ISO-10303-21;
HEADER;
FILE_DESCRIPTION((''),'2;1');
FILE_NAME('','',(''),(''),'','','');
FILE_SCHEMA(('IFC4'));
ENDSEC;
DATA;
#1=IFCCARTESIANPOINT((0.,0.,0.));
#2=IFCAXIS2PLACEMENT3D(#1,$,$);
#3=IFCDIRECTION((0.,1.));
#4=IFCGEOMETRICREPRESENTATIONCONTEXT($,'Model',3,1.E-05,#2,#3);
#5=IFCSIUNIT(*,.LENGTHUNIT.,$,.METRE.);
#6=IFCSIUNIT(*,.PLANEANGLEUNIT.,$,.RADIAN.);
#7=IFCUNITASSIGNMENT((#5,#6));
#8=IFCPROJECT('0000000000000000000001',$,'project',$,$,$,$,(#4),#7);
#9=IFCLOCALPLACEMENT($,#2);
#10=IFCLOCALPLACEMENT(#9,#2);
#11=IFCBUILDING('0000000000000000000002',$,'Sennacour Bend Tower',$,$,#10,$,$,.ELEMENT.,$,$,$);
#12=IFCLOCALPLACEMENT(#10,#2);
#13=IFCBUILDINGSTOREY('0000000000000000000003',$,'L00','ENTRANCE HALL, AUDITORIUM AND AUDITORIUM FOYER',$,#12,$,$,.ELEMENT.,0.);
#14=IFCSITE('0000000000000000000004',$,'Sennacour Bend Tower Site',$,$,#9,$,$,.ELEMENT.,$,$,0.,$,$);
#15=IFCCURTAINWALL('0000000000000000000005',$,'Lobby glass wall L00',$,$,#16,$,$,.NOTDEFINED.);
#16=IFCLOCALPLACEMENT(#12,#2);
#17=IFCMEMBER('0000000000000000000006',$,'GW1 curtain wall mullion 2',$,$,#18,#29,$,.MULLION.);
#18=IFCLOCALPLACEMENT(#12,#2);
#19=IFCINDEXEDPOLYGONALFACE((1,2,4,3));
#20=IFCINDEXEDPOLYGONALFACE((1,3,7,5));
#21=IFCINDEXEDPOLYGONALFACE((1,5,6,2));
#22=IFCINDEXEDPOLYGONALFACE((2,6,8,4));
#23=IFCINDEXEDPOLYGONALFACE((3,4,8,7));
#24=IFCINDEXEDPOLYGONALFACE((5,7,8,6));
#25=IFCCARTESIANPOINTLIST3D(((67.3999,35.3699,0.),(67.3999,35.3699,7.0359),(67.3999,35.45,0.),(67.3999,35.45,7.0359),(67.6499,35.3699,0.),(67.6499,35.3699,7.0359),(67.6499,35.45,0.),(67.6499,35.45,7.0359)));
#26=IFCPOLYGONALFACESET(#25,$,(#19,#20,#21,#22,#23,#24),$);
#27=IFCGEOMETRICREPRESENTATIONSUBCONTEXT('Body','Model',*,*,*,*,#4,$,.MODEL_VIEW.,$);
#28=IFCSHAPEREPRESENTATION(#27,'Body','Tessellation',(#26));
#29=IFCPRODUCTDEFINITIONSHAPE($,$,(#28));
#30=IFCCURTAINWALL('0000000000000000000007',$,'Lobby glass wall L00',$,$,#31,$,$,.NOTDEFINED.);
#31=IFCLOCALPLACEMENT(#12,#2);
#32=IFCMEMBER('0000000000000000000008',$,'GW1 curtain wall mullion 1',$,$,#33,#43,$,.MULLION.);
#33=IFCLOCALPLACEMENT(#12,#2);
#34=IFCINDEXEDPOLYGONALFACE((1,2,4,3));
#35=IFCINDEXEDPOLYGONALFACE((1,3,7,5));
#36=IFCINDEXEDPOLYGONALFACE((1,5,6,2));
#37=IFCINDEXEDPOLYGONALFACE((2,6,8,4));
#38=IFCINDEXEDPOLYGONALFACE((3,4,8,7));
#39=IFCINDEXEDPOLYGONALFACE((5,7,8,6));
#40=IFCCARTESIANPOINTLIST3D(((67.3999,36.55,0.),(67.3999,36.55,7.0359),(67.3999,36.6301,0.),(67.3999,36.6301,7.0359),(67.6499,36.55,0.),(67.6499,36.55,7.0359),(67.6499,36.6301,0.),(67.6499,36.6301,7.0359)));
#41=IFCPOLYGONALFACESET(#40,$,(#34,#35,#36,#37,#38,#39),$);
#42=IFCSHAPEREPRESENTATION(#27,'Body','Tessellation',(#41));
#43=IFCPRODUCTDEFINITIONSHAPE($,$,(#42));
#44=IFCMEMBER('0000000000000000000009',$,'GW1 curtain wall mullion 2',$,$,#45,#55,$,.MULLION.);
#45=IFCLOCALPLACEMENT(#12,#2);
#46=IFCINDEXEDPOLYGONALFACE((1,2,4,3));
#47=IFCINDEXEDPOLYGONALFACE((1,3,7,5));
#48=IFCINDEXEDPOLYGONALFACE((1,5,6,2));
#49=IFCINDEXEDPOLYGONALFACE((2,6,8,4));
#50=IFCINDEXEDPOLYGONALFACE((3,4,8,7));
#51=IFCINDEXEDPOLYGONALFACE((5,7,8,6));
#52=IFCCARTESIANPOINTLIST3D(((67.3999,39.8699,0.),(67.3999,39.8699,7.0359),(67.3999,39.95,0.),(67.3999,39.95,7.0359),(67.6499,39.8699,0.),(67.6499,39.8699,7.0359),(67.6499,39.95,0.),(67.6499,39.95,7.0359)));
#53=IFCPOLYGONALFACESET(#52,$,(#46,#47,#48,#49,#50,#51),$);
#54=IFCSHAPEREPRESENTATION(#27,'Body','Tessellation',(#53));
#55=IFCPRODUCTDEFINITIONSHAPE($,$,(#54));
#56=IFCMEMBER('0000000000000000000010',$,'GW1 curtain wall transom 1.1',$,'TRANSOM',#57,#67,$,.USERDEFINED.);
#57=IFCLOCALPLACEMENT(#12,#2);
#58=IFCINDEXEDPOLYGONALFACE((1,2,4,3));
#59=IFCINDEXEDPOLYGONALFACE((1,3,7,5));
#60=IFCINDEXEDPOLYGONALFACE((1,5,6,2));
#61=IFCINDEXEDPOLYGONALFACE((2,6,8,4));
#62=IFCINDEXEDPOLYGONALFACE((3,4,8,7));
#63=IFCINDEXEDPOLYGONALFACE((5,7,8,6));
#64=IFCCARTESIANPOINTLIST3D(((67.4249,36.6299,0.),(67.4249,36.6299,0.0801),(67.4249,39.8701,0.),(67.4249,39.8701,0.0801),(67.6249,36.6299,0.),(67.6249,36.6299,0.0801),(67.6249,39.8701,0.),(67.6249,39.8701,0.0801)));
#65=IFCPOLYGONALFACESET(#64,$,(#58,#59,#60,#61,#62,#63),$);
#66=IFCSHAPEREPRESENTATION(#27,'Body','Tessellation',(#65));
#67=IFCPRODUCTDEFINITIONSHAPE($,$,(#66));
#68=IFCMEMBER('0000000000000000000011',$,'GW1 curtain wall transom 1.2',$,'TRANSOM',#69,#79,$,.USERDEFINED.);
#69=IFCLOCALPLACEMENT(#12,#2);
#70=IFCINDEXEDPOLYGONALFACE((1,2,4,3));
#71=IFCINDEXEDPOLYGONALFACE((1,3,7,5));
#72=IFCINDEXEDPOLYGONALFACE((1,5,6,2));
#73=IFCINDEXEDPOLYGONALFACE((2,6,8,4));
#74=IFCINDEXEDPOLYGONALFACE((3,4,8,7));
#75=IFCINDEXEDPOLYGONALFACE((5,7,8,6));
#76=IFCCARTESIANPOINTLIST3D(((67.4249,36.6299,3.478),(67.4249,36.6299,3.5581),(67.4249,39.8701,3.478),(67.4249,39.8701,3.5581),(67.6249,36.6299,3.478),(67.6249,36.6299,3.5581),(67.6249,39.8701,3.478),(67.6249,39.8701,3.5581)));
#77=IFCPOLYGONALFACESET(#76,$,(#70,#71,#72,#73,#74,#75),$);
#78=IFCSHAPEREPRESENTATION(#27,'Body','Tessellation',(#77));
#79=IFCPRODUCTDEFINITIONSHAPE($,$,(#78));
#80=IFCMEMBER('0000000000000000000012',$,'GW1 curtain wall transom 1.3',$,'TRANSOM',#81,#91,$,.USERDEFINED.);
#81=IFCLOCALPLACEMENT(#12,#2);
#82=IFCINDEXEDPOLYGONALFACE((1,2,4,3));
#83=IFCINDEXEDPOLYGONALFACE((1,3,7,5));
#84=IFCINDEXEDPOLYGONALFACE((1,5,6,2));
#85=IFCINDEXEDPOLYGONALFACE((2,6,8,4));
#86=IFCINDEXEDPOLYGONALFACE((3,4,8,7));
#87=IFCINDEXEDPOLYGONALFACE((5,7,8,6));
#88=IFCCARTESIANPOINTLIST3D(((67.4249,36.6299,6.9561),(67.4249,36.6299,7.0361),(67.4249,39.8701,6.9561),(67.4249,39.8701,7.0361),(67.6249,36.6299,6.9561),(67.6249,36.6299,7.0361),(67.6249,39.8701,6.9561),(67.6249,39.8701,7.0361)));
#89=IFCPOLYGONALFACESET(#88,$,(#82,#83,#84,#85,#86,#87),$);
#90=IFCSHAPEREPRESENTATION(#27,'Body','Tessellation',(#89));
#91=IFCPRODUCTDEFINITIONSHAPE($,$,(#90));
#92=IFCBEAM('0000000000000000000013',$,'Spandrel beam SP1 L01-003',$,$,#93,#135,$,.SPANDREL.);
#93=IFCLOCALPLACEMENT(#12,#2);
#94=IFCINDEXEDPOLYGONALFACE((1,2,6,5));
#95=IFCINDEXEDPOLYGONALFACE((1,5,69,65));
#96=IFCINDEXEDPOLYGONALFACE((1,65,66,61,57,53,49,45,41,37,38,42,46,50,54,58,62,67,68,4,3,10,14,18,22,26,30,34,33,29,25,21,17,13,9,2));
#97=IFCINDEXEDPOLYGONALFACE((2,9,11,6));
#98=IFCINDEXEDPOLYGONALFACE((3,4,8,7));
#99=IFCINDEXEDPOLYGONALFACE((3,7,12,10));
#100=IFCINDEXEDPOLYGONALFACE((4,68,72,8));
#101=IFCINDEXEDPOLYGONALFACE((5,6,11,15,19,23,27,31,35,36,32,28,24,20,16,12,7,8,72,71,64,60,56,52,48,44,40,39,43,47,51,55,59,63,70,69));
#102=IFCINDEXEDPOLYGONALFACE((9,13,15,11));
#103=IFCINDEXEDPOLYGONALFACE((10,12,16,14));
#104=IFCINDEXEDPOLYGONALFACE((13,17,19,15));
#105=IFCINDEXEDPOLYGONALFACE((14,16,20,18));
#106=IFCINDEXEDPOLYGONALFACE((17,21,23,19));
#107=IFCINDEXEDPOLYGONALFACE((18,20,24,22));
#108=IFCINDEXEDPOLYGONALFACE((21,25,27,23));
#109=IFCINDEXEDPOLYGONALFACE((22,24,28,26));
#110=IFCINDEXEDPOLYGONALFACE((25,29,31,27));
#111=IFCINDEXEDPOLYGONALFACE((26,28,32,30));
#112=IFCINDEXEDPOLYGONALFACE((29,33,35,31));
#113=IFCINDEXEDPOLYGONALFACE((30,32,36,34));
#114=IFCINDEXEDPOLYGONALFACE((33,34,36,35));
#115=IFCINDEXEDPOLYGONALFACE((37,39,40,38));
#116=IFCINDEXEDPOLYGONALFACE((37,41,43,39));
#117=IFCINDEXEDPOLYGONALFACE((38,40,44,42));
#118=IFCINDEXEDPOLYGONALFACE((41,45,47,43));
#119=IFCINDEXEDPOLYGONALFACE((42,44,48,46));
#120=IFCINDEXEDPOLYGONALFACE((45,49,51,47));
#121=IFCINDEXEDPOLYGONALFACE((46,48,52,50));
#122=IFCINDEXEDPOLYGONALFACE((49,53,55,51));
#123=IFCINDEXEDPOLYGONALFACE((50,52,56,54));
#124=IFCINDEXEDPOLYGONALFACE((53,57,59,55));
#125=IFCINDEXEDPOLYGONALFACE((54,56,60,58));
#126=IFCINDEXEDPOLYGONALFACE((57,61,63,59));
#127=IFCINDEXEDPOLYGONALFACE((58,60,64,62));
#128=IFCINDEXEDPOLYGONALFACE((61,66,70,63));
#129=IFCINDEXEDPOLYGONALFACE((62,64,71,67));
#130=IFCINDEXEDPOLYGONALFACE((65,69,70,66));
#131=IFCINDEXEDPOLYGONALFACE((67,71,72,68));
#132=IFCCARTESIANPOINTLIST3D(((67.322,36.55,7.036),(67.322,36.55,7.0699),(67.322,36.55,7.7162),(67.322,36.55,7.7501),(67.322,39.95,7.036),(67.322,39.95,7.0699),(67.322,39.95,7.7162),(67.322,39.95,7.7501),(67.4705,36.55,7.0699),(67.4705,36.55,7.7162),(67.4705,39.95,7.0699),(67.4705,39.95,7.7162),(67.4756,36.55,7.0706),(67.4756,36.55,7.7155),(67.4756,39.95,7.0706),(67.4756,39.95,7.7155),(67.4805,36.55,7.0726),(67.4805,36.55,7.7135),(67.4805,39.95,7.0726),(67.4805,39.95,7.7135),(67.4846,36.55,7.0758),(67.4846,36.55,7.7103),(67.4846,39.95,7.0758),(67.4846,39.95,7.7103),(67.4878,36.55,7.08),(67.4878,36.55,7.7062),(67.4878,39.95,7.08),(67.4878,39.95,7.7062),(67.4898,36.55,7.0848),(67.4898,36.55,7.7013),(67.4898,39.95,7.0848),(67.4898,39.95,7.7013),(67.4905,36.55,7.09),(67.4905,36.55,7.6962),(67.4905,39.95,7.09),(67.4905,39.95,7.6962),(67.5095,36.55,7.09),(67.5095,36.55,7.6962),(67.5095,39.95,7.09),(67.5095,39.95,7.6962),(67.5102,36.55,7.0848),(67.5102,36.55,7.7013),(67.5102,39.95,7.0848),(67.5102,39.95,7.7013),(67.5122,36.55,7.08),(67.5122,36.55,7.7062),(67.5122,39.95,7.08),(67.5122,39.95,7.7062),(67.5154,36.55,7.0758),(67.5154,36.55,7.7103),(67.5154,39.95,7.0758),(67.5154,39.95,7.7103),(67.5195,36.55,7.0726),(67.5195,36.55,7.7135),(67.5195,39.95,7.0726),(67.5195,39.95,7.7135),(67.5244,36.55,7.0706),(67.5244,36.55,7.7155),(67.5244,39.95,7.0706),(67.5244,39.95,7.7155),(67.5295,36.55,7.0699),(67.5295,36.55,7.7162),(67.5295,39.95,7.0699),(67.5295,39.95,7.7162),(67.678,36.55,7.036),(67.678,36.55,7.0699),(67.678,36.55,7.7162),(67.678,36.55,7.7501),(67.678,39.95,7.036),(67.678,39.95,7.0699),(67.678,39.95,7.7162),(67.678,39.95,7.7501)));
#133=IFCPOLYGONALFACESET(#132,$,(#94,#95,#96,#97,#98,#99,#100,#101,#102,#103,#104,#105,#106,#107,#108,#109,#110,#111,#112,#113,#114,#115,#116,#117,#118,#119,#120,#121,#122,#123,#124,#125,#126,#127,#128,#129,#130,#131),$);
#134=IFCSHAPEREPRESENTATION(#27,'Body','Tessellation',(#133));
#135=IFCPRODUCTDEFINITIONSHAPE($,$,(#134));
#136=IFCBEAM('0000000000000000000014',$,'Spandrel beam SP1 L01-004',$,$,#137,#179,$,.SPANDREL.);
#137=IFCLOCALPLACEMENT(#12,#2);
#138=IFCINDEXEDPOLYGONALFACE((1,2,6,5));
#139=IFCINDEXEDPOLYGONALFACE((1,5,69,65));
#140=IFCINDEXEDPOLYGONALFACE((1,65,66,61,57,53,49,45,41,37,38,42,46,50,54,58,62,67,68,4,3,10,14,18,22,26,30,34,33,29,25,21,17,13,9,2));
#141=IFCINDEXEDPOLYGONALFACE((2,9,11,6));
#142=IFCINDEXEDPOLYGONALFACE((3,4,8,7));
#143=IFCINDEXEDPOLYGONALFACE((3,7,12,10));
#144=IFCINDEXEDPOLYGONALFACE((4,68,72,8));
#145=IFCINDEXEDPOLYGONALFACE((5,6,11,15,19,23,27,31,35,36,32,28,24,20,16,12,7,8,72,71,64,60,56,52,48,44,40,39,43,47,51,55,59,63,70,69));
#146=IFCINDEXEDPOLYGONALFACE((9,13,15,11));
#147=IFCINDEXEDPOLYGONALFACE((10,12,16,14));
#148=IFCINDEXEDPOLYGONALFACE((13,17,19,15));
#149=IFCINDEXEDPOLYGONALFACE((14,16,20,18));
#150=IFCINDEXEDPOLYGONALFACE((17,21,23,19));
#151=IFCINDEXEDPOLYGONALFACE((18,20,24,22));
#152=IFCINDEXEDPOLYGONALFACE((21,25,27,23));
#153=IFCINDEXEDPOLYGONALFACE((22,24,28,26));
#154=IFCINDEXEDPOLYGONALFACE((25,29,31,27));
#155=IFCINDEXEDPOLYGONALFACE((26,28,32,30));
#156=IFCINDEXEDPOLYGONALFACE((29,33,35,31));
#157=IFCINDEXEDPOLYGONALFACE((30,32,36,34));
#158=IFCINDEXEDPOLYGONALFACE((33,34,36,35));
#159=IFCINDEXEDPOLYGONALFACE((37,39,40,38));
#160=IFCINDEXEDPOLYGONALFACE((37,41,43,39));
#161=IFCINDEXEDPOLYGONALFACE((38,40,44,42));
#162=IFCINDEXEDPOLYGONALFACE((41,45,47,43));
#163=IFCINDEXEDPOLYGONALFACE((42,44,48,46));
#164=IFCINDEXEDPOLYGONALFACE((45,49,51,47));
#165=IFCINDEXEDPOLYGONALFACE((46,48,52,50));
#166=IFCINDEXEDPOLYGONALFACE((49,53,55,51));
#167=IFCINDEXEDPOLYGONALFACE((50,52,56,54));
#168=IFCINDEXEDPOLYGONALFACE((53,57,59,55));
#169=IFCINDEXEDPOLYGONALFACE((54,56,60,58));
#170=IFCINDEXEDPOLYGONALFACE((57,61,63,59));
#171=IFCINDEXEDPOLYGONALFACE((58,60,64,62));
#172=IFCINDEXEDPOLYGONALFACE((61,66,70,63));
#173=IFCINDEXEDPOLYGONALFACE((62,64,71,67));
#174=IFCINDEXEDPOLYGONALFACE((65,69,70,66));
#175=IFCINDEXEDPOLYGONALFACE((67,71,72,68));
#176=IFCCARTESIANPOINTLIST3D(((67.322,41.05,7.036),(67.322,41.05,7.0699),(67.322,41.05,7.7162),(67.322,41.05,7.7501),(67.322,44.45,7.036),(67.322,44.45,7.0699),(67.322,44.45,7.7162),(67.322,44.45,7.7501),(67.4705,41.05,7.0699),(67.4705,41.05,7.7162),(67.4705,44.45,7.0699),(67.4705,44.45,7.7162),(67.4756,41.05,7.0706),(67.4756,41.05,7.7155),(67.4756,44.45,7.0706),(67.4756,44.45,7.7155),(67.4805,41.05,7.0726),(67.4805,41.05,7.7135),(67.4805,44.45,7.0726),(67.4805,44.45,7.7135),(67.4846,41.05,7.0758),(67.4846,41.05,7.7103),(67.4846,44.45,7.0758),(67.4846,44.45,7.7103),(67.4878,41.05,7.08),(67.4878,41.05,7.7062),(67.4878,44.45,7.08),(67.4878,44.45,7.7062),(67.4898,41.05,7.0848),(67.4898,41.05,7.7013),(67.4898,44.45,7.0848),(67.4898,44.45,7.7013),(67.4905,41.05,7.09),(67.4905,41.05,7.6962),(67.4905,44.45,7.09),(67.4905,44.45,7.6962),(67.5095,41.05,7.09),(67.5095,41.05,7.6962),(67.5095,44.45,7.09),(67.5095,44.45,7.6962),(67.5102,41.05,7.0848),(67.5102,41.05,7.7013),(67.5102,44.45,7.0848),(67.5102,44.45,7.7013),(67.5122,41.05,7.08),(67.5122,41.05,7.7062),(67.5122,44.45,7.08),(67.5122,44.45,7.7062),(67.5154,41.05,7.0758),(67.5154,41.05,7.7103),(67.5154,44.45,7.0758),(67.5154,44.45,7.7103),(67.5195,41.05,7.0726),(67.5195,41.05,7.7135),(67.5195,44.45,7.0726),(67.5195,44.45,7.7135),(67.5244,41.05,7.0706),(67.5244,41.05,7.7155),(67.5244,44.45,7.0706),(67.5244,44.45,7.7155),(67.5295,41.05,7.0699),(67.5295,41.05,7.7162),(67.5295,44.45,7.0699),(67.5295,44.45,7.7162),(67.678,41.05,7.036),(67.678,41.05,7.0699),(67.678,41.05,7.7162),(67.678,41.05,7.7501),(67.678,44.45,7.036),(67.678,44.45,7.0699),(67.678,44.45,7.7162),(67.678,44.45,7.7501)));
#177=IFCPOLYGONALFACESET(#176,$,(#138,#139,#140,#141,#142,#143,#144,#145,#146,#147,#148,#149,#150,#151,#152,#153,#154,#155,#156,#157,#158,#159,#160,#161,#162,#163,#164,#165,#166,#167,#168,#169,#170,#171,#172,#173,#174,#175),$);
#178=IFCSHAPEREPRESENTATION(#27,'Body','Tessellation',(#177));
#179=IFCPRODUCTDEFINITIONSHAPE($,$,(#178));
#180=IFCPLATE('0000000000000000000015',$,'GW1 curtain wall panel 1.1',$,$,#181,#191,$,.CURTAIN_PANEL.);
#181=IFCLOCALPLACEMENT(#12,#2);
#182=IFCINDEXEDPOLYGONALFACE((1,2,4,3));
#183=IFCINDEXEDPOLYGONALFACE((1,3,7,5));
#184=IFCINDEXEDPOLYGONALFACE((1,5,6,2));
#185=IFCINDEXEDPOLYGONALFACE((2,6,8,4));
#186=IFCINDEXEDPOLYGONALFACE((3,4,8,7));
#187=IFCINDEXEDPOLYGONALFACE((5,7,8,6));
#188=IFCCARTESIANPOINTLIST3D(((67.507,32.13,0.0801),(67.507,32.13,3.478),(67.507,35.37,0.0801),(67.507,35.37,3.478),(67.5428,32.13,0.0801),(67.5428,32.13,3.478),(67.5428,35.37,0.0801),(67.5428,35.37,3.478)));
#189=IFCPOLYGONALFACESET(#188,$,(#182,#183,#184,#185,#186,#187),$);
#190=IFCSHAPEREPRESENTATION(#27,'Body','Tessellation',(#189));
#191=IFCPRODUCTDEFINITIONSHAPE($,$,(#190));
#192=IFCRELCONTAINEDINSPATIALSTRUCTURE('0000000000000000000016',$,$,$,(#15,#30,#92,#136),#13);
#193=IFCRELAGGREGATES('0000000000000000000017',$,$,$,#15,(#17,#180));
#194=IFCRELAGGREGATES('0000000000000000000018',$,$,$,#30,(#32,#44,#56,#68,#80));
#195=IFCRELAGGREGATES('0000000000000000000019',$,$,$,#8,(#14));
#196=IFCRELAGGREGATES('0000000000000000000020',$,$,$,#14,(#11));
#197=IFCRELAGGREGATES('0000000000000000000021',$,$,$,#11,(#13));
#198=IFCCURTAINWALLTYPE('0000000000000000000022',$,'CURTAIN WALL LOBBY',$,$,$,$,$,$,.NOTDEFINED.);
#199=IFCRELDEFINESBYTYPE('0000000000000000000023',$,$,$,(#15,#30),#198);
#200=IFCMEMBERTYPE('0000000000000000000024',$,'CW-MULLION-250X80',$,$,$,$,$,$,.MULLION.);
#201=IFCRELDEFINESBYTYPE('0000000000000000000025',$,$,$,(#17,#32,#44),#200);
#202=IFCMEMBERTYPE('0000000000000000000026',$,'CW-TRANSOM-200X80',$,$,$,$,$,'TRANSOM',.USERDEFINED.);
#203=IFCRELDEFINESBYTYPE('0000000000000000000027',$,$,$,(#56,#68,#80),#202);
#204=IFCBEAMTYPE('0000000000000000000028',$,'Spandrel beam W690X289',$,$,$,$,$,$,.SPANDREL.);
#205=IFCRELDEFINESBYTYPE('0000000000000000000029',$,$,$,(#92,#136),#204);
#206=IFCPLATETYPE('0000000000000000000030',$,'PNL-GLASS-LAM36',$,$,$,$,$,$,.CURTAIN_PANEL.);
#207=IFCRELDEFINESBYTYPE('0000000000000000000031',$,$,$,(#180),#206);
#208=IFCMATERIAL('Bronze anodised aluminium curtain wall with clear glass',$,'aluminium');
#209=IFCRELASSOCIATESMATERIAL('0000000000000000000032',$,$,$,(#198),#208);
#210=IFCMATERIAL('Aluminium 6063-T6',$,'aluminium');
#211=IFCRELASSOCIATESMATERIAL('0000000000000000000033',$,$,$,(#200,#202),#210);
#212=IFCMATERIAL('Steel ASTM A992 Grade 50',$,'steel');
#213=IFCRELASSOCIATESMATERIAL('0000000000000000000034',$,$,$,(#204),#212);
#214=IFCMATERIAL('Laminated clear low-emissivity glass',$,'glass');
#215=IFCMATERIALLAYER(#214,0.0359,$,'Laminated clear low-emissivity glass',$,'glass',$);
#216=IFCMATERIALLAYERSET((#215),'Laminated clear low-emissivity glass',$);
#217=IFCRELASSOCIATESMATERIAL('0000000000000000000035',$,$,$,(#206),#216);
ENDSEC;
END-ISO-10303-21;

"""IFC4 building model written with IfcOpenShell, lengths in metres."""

from ifc_helpers import new_model, si_unit, direction, frame, origin, origin_2d, place, context, subcontext, project, spatial, rectangle, i_section, extrude, material, layer, layer_set, material_profile, profile_set, type_object, element, aggregate, save


model = new_model("IFC4")

# Units and contexts
model_context = context("Model", 3, precision=1e-05, world=origin(), true_north=direction((0.0, 1.0)))
body_context = subcontext(model_context, "Body", "Model", "MODEL_VIEW")
ifc_project = project(units=[si_unit("LENGTHUNIT", "METRE"), si_unit("PLANEANGLEUNIT", "RADIAN")], contexts=[model_context])

# Site, building, storey
site_placement = place(None, origin())
site = spatial("IfcSite", under=ifc_project, at=site_placement, Name="Sennacour Bend Tower Site", CompositionType="ELEMENT", RefElevation=0.0)
building_placement = place(site_placement, origin())
building = spatial("IfcBuilding", under=site, at=building_placement, Name="Sennacour Bend Tower", CompositionType="ELEMENT")
storey_placement = place(building_placement, origin())
storey = spatial("IfcBuildingStorey", under=building, at=storey_placement, Name="L00", Description="ENTRANCE HALL, AUDITORIUM AND AUDITORIUM FOYER", CompositionType="ELEMENT", Elevation=0.0)

# Curtain wall, member
ifc_material_1 = material(Name="Bronze anodised aluminium curtain wall with clear glass", Category="aluminium")
curtain_wall_type = type_object("IfcCurtainWallType", Name="CURTAIN WALL LOBBY", PredefinedType="NOTDEFINED", material=ifc_material_1)
curtain_wall_1_placement = place(storey_placement, origin())
curtain_wall_1 = element("IfcCurtainWall", 1, at=curtain_wall_1_placement, inside=storey, type_object=curtain_wall_type, Name="Lobby glass wall L00", PredefinedType="NOTDEFINED")
ifc_material_2 = material(Name="Aluminium 6063-T6", Category="aluminium")
ifc_material_profile_1 = material_profile(ifc_material_2, rectangle(XDim=0.25, YDim=0.0801, at=origin_2d()), Name="Aluminium 6063-T6", Category="aluminium")
ifc_profile_set_1 = profile_set([ifc_material_profile_1], Name="Aluminium 6063-T6")
member_type_1 = type_object("IfcMemberType", Name="CW-MULLION-250X80", PredefinedType="MULLION", material=ifc_profile_set_1)
member_1_placement = place(storey_placement, frame((67.5249, 35.4099, 0.0), z_axis=(0.0, 0.0, 1.0), x_axis=(-1.0, 0.0, 0.0)))
member_1 = element("IfcMember", 2, at=member_1_placement, type_object=member_type_1, Name="GW1 curtain wall mullion 2", PredefinedType="MULLION", context=body_context, shape_type="SweptSolid", body=[
    extrude(rectangle(XDim=0.25, YDim=0.0801, at=origin_2d()), origin(), (0.0, 0.0, 1.0), 7.0359),
])

# Curtain wall, members
curtain_wall_2_placement = place(storey_placement, origin())
curtain_wall_2 = element("IfcCurtainWall", 3, at=curtain_wall_2_placement, inside=storey, type_object=curtain_wall_type, Name="Lobby glass wall L00", PredefinedType="NOTDEFINED")
member_2_placement = place(storey_placement, frame((67.5249, 36.5901, 0.0), z_axis=(0.0, 0.0, 1.0), x_axis=(-1.0, 0.0, 0.0)))
member_2 = element("IfcMember", 4, at=member_2_placement, type_object=member_type_1, Name="GW1 curtain wall mullion 1", PredefinedType="MULLION", context=body_context, shape_type="SweptSolid", body=[
    extrude(rectangle(XDim=0.25, YDim=0.0801, at=origin_2d()), origin(), (0.0, 0.0, 1.0), 7.0359),
])
member_3_placement = place(storey_placement, frame((67.5249, 39.9099, 0.0), z_axis=(0.0, 0.0, 1.0), x_axis=(-1.0, 0.0, 0.0)))
member_3 = element("IfcMember", 5, at=member_3_placement, type_object=member_type_1, Name="GW1 curtain wall mullion 2", PredefinedType="MULLION", context=body_context, shape_type="SweptSolid", body=[
    extrude(rectangle(XDim=0.25, YDim=0.0801, at=origin_2d()), origin(), (0.0, 0.0, 1.0), 7.0359),
])
ifc_material_profile_2 = material_profile(ifc_material_2, rectangle(XDim=0.2, YDim=0.0801, at=origin_2d()), Name="Aluminium 6063-T6", Category="aluminium")
ifc_profile_set_2 = profile_set([ifc_material_profile_2], Name="Aluminium 6063-T6")
member_type_2 = type_object("IfcMemberType", Name="CW-TRANSOM-200X80", ElementType="TRANSOM", PredefinedType="USERDEFINED", material=ifc_profile_set_2)
member_4_placement = place(storey_placement, frame((67.5249, 36.6299, 0.04), z_axis=(0.0, 1.0, 0.0), x_axis=(-1.0, 0.0, 0.0)))
member_4 = element("IfcMember", 6, at=member_4_placement, type_object=member_type_2, Name="GW1 curtain wall transom 1.1", ObjectType="TRANSOM", PredefinedType="USERDEFINED", context=body_context, shape_type="SweptSolid", body=[
    extrude(rectangle(XDim=0.2, YDim=0.0801, at=origin_2d()), origin(), (0.0, 0.0, 1.0), 3.2402),
])
member_5_placement = place(storey_placement, frame((67.5249, 36.6299, 3.5181), z_axis=(0.0, 1.0, 0.0), x_axis=(-1.0, 0.0, 0.0)))
member_5 = element("IfcMember", 7, at=member_5_placement, type_object=member_type_2, Name="GW1 curtain wall transom 1.2", ObjectType="TRANSOM", PredefinedType="USERDEFINED", context=body_context, shape_type="SweptSolid", body=[
    extrude(rectangle(XDim=0.2, YDim=0.0801, at=origin_2d()), origin(), (0.0, 0.0, 1.0), 3.2402),
])
member_6_placement = place(storey_placement, frame((67.5249, 36.6299, 6.9961), z_axis=(0.0, 1.0, 0.0), x_axis=(-1.0, 0.0, 0.0)))
member_6 = element("IfcMember", 8, at=member_6_placement, type_object=member_type_2, Name="GW1 curtain wall transom 1.3", ObjectType="TRANSOM", PredefinedType="USERDEFINED", context=body_context, shape_type="SweptSolid", body=[
    extrude(rectangle(XDim=0.2, YDim=0.0801, at=origin_2d()), origin(), (0.0, 0.0, 1.0), 3.2402),
])

# Beams
ifc_material_3 = material(Name="Steel ASTM A992 Grade 50", Category="steel")
ifc_material_profile_3 = material_profile(ifc_material_3, i_section(OverallWidth=0.356, OverallDepth=0.7141, WebThickness=0.019, FlangeThickness=0.0339, FilletRadius=0.02, at=origin_2d()), Name="Steel ASTM A992 Grade 50", Category="steel")
ifc_profile_set_3 = profile_set([ifc_material_profile_3], Name="Steel ASTM A992 Grade 50")
beam_type = type_object("IfcBeamType", Name="Spandrel beam W690X289", PredefinedType="SPANDREL", material=ifc_profile_set_3)
for number, where, z_axis, x_axis, name in (
    (9, (67.5, 36.55, 7.3931), (0.0, 1.0, 0.0), (-1.0, 0.0, 0.0), "Spandrel beam SP1 L01-003"),
    (10, (67.5, 41.05, 7.3931), (0.0, 1.0, 0.0), (-1.0, 0.0, 0.0), "Spandrel beam SP1 L01-004"),
):
    element("IfcBeam", number, at=place(storey_placement, frame(where, z_axis=z_axis, x_axis=x_axis)), inside=storey, type_object=beam_type, Name=name, PredefinedType="SPANDREL", context=body_context, shape_type="SweptSolid", body=[
        extrude(i_section(OverallWidth=0.356, OverallDepth=0.7141, WebThickness=0.019, FlangeThickness=0.0339, FilletRadius=0.02, at=origin_2d()), origin(), (0.0, 0.0, 1.0), 3.3999),
    ])

# Plate
ifc_material_4 = material(Name="Laminated clear low-emissivity glass", Category="glass")
ifc_layer_1 = layer(ifc_material_4, 0.0359, Name="Laminated clear low-emissivity glass", Category="glass")
ifc_layer_set_1 = layer_set([ifc_layer_1], Name="Laminated clear low-emissivity glass")
plate_type = type_object("IfcPlateType", Name="PNL-GLASS-LAM36", PredefinedType="CURTAIN_PANEL", material=ifc_layer_set_1)
plate_1_placement = place(storey_placement, frame((67.5249, 33.75, 0.0801), z_axis=(0.0, 0.0, 1.0), x_axis=(0.0, 1.0, 0.0)))
plate_1 = element("IfcPlate", 11, at=plate_1_placement, type_object=plate_type, Name="GW1 curtain wall panel 1.1", PredefinedType="CURTAIN_PANEL", context=body_context, shape_type="SweptSolid", body=[
    extrude(rectangle(XDim=3.24, YDim=0.0359, at=origin_2d()), origin(), (0.0, 0.0, 1.0), 3.3979),
])
aggregate(curtain_wall_1, [member_1, plate_1])
aggregate(curtain_wall_2, [member_2, member_3, member_4, member_5, member_6])

save(model, "model.ifc")
